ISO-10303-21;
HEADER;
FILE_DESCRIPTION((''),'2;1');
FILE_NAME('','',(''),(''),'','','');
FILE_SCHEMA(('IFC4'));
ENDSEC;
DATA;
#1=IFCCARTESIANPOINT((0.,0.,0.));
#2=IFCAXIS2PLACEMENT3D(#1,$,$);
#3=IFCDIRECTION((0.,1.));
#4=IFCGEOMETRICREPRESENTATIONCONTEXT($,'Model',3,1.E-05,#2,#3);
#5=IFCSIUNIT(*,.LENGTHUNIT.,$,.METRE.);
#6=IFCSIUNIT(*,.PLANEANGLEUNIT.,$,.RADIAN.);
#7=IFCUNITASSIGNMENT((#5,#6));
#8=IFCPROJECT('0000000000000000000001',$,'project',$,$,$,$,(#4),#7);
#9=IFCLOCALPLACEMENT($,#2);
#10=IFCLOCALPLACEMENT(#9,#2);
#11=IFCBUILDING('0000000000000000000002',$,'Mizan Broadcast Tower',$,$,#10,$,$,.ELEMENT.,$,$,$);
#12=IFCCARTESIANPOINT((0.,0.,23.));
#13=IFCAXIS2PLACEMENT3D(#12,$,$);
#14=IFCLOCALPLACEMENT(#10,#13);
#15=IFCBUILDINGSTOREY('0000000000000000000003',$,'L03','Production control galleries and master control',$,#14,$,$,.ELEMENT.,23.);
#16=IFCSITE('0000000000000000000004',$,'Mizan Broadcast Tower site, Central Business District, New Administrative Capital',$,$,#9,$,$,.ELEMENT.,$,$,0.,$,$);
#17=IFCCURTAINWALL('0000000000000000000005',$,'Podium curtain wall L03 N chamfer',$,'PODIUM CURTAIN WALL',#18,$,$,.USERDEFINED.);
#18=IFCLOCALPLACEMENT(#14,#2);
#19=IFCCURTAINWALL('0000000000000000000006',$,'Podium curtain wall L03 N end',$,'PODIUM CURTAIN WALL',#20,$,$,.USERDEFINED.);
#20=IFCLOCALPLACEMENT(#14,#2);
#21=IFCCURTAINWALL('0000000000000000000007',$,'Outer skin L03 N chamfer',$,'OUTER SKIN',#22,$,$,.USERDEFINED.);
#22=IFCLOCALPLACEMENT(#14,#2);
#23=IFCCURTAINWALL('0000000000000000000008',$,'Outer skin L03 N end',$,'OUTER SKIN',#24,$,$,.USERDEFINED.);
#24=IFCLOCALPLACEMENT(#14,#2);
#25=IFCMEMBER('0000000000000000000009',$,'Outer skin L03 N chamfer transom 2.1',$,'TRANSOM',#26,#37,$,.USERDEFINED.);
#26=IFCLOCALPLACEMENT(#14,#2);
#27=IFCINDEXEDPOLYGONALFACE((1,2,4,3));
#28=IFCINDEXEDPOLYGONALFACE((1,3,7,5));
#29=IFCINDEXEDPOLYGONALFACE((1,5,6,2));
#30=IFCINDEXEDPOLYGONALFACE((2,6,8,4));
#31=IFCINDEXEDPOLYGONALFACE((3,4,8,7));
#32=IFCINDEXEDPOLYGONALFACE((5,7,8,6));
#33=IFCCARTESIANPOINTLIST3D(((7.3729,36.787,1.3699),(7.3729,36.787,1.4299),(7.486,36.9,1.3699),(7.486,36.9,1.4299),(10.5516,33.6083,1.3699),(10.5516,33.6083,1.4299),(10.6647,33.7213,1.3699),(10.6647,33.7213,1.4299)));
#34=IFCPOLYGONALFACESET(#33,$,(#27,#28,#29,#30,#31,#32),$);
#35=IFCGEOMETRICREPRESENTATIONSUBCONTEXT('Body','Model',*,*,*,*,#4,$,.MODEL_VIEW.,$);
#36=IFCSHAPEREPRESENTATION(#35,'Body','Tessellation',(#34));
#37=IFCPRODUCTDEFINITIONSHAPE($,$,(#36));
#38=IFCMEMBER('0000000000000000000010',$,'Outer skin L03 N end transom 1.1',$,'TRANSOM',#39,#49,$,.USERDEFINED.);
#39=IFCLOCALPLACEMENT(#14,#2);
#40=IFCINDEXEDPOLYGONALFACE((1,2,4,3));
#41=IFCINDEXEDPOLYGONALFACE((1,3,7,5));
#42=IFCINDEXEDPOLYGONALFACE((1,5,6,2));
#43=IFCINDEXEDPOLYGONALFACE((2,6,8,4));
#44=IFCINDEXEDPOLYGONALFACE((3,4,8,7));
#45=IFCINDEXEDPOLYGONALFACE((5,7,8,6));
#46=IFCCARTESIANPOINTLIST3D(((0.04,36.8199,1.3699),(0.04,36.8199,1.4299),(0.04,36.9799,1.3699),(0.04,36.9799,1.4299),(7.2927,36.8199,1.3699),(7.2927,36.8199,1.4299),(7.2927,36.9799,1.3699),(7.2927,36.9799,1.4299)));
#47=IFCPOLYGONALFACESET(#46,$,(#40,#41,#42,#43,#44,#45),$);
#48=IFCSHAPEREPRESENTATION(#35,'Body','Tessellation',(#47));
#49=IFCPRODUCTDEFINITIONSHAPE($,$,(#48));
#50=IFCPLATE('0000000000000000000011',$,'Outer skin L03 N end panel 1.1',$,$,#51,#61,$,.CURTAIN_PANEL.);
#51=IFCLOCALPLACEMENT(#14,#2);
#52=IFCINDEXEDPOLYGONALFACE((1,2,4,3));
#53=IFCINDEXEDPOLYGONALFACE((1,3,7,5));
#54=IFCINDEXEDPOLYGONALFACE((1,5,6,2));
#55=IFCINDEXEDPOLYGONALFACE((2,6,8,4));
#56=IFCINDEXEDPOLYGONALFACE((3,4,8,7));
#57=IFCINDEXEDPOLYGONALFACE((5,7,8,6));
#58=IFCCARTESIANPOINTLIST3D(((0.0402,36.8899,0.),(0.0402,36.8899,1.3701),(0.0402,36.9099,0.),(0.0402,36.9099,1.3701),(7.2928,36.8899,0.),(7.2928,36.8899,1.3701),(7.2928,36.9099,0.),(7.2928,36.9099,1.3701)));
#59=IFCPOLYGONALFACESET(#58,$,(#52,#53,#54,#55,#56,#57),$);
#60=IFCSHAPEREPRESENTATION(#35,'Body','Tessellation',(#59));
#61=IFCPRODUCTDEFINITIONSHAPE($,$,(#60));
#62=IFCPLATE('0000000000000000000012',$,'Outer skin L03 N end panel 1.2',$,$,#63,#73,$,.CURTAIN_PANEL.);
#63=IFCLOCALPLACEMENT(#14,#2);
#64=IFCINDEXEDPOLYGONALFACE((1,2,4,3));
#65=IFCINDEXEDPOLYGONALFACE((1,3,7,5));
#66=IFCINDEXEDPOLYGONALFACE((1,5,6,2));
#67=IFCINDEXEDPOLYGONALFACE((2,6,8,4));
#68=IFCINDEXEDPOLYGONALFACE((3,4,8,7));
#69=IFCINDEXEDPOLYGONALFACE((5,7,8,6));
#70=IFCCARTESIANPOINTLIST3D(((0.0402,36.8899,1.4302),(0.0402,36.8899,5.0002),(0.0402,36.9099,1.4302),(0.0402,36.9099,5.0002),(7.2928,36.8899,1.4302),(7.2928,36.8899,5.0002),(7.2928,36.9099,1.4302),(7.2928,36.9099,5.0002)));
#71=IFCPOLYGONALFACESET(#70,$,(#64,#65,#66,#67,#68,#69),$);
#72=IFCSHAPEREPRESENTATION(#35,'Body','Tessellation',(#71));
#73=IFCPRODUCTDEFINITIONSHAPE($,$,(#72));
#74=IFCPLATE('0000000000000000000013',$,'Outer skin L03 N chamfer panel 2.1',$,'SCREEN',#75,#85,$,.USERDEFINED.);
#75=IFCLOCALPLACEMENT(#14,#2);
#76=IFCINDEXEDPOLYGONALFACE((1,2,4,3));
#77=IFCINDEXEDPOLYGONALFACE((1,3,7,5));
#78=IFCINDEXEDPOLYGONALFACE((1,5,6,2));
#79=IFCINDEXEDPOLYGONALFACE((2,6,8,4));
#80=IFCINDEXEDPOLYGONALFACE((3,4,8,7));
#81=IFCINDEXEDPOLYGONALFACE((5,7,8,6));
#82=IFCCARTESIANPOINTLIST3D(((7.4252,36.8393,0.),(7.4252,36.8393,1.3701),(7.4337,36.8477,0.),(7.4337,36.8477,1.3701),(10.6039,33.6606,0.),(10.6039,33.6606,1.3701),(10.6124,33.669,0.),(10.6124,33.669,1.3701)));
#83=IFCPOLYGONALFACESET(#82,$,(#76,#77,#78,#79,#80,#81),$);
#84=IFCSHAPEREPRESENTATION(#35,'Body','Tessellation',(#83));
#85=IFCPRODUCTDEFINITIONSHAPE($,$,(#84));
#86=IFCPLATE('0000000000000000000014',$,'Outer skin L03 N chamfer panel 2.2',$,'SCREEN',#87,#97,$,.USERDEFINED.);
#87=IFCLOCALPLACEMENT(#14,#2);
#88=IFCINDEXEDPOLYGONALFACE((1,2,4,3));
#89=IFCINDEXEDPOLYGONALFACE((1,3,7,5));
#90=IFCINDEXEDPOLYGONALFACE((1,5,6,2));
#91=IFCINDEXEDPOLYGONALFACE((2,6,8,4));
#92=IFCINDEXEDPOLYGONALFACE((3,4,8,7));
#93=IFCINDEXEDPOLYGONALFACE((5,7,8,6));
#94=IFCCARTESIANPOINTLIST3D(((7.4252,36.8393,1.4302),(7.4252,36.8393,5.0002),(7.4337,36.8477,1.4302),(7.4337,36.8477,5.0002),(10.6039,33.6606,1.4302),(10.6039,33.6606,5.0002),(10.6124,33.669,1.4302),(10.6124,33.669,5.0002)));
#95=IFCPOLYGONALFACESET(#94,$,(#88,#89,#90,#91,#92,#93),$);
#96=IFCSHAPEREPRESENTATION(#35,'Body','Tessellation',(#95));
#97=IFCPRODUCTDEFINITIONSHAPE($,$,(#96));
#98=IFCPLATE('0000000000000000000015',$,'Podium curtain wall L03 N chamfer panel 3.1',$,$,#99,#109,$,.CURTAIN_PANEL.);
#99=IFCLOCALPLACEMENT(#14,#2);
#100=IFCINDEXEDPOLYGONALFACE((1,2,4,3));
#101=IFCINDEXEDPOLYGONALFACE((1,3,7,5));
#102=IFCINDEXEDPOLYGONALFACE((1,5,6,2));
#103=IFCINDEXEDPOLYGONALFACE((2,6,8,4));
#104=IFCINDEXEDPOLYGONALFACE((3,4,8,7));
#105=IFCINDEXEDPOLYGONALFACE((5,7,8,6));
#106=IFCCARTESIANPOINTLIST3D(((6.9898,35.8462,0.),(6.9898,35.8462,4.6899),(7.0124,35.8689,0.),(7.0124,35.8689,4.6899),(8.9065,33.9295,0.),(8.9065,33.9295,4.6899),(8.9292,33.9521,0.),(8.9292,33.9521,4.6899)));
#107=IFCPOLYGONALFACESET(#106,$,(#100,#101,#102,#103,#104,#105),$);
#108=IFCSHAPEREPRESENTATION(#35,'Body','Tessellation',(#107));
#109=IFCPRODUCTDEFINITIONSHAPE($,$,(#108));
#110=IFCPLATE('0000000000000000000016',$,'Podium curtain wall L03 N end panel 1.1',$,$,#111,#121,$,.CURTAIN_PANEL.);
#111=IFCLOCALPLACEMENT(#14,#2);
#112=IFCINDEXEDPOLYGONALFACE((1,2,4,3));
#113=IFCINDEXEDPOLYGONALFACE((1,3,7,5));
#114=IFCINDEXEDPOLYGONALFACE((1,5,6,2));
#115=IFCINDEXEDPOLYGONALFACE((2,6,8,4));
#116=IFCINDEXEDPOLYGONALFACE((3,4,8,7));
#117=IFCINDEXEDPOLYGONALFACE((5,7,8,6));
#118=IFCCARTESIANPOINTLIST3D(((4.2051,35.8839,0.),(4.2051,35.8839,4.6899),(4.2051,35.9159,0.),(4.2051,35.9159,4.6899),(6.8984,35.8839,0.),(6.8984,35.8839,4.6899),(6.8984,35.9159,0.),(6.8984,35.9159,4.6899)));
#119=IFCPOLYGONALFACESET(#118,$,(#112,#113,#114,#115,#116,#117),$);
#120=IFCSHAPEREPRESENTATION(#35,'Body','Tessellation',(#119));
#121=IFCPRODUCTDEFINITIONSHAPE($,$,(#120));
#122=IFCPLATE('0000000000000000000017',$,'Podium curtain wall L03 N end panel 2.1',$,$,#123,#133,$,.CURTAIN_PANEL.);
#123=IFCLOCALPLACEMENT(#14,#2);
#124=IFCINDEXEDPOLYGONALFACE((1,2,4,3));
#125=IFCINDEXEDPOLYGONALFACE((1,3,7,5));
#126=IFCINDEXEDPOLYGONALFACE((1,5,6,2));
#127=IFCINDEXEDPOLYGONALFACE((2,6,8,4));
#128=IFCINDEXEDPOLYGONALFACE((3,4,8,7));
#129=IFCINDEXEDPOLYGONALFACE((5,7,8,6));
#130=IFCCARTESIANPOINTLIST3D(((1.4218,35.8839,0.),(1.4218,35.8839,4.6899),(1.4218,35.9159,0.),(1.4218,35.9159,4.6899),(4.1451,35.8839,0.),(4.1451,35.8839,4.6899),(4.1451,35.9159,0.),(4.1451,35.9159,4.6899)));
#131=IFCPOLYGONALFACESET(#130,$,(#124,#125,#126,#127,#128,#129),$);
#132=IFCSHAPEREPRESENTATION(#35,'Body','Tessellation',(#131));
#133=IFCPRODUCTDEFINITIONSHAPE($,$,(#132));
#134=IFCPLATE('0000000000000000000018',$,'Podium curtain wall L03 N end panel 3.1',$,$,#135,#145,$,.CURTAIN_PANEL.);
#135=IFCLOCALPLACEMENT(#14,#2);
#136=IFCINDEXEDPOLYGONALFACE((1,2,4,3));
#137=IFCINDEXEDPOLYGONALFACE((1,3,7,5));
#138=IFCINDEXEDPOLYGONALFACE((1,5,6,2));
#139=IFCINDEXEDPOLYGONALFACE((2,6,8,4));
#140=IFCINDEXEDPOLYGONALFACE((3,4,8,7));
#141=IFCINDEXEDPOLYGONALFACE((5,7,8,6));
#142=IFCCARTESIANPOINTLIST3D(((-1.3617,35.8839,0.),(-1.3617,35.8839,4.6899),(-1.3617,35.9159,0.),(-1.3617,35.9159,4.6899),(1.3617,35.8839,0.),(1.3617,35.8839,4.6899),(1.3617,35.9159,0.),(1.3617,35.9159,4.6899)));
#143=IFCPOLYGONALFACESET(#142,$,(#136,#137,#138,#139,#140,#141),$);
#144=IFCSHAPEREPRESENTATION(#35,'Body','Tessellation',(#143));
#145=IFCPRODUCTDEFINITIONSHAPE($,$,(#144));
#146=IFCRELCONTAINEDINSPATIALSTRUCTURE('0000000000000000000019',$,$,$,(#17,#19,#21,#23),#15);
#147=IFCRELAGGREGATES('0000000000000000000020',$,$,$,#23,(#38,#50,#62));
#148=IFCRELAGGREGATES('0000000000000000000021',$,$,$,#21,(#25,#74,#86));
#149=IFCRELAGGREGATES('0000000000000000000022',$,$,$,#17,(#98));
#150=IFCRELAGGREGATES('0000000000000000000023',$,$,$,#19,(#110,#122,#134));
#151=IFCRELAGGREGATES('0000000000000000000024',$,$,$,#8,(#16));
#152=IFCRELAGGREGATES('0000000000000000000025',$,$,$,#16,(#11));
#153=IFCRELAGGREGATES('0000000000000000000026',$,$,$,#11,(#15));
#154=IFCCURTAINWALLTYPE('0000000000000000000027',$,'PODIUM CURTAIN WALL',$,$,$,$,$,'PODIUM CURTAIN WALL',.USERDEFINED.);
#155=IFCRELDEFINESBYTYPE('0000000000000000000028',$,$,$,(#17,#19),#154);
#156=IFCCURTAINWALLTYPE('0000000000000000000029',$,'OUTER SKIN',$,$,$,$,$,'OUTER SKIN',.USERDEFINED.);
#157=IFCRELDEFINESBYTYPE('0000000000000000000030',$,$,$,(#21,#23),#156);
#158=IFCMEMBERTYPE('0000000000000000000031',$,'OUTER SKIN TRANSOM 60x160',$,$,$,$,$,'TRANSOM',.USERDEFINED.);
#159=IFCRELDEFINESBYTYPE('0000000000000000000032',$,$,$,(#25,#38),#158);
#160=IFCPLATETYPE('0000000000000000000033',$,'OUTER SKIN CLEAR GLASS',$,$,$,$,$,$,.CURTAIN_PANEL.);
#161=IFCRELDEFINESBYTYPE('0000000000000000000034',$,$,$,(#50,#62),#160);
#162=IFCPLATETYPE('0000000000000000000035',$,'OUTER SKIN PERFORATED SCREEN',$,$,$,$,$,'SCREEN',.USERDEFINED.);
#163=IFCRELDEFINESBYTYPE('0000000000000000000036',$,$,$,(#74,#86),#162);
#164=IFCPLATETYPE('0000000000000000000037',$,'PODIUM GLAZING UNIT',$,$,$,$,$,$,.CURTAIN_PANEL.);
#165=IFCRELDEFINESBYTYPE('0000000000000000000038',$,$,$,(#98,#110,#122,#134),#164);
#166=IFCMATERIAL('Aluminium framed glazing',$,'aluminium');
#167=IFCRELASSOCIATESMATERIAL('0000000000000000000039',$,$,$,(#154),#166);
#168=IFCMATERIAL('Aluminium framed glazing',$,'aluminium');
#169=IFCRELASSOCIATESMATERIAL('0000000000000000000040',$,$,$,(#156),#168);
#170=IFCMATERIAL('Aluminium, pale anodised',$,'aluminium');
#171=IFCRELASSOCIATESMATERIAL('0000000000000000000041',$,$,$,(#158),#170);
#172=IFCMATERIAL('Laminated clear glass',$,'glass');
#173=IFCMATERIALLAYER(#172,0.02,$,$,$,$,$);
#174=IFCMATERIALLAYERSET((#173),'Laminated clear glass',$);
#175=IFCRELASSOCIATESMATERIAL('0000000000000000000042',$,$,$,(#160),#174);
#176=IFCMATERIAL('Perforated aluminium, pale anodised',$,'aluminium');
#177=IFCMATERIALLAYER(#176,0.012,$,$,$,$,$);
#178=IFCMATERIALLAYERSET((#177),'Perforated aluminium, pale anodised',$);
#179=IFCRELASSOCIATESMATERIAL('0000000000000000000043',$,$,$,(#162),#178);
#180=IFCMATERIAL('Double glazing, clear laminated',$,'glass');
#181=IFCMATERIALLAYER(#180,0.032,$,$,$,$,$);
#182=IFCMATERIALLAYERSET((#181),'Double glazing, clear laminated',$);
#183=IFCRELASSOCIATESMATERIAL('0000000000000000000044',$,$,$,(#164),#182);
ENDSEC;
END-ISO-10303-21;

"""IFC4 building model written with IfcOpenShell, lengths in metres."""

from ifc_helpers import new_model, si_unit, direction, frame, origin, origin_2d, place, context, subcontext, project, spatial, rectangle, extrude, material, layer, layer_set, material_profile, profile_set, type_object, element, aggregate, save


model = new_model("IFC4")

# Units and contexts
model_context = context("Model", 3, precision=1e-05, world=origin(), true_north=direction((0.0, 1.0)))
body_context = subcontext(model_context, "Body", "Model", "MODEL_VIEW")
ifc_project = project(units=[si_unit("LENGTHUNIT", "METRE"), si_unit("PLANEANGLEUNIT", "RADIAN")], contexts=[model_context])

# Site, building, storey
site_placement = place(None, origin())
site = spatial("IfcSite", under=ifc_project, at=site_placement, Name="Mizan Broadcast Tower site, Central Business District, New Administrative Capital", CompositionType="ELEMENT", RefElevation=0.0)
building_placement = place(site_placement, origin())
building = spatial("IfcBuilding", under=site, at=building_placement, Name="Mizan Broadcast Tower", CompositionType="ELEMENT")
storey_placement = place(building_placement, frame((0.0, 0.0, 23.0)))
storey = spatial("IfcBuildingStorey", under=building, at=storey_placement, Name="L03", Description="Production control galleries and master control", CompositionType="ELEMENT", Elevation=23.0)

# Curtain walls
ifc_material_1 = material(Name="Aluminium framed glazing", Category="aluminium")
curtain_wall_type_1 = type_object("IfcCurtainWallType", Name="PODIUM CURTAIN WALL", ElementType="PODIUM CURTAIN WALL", PredefinedType="USERDEFINED", material=ifc_material_1)
curtain_wall_1_placement = place(storey_placement, origin())
curtain_wall_1 = element("IfcCurtainWall", 1, at=curtain_wall_1_placement, inside=storey, type_object=curtain_wall_type_1, Name="Podium curtain wall L03 N chamfer", ObjectType="PODIUM CURTAIN WALL", PredefinedType="USERDEFINED")
curtain_wall_2_placement = place(storey_placement, origin())
curtain_wall_2 = element("IfcCurtainWall", 2, at=curtain_wall_2_placement, inside=storey, type_object=curtain_wall_type_1, Name="Podium curtain wall L03 N end", ObjectType="PODIUM CURTAIN WALL", PredefinedType="USERDEFINED")

# Curtain wall
ifc_material_2 = material(Name="Aluminium framed glazing", Category="aluminium")
curtain_wall_type_2 = type_object("IfcCurtainWallType", Name="OUTER SKIN", ElementType="OUTER SKIN", PredefinedType="USERDEFINED", material=ifc_material_2)
curtain_wall_3_placement = place(storey_placement, origin())
curtain_wall_3 = element("IfcCurtainWall", 3, at=curtain_wall_3_placement, inside=storey, type_object=curtain_wall_type_2, Name="Outer skin L03 N chamfer", ObjectType="OUTER SKIN", PredefinedType="USERDEFINED")

# Curtain wall
curtain_wall_4_placement = place(storey_placement, origin())
curtain_wall_4 = element("IfcCurtainWall", 4, at=curtain_wall_4_placement, inside=storey, type_object=curtain_wall_type_2, Name="Outer skin L03 N end", ObjectType="OUTER SKIN", PredefinedType="USERDEFINED")

# Members
ifc_material_3 = material(Name="Aluminium, pale anodised", Category="aluminium")
ifc_material_profile_1 = material_profile(ifc_material_3, rectangle(XDim=0.1599, YDim=0.0601, at=origin_2d()), Name="TRANSOM 160x60")
ifc_profile_set_1 = profile_set([ifc_material_profile_1], Name="Aluminium, pale anodised")
member_type_1 = type_object("IfcMemberType", Name="OUTER SKIN TRANSOM 60x160", ElementType="TRANSOM", PredefinedType="USERDEFINED", material=ifc_profile_set_1)
member_1_placement = place(storey_placement, frame((10.6082, 33.6648, 1.3999), z_axis=(-0.707107, 0.707107, 0.0), x_axis=(-0.707107, -0.707107, 0.0)))
member_1 = element("IfcMember", 5, at=member_1_placement, type_object=member_type_1, Name="Outer skin L03 N chamfer transom 2.1", ObjectType="TRANSOM", PredefinedType="USERDEFINED", context=body_context, shape_type="SweptSolid", body=[
    extrude(rectangle(XDim=0.1599, YDim=0.0601, at=origin_2d()), origin(), (0.0, 0.0, 1.0), 4.4954),
])
member_2_placement = place(storey_placement, frame((7.2927, 36.8999, 1.3999), z_axis=(-1.0, 0.0, 0.0), x_axis=(0.0, -1.0, 0.0)))
member_2 = element("IfcMember", 6, at=member_2_placement, type_object=member_type_1, Name="Outer skin L03 N end transom 1.1", ObjectType="TRANSOM", PredefinedType="USERDEFINED", context=body_context, shape_type="SweptSolid", body=[
    extrude(rectangle(XDim=0.1599, YDim=0.0601, at=origin_2d()), origin(), (0.0, 0.0, 1.0), 7.2527),
])

# Plates
ifc_material_4 = material(Name="Laminated clear glass", Category="glass")
ifc_layer_1 = layer(ifc_material_4, 0.02)
ifc_layer_set_1 = layer_set([ifc_layer_1], Name="Laminated clear glass")
plate_type_1 = type_object("IfcPlateType", Name="OUTER SKIN CLEAR GLASS", PredefinedType="CURTAIN_PANEL", material=ifc_layer_set_1)
plate_1_placement = place(storey_placement, frame((3.6665, 36.8999, 0.0), z_axis=(0.0, 0.0, 1.0), x_axis=(-1.0, 0.0, 0.0)))
plate_1 = element("IfcPlate", 7, at=plate_1_placement, type_object=plate_type_1, Name="Outer skin L03 N end panel 1.1", PredefinedType="CURTAIN_PANEL", context=body_context, shape_type="SweptSolid", body=[
    extrude(rectangle(XDim=7.2527, YDim=0.02, at=origin_2d()), origin(), (0.0, 0.0, 1.0), 1.3701),
])
plate_2_placement = place(storey_placement, frame((3.6665, 36.8999, 1.4302), z_axis=(0.0, 0.0, 1.0), x_axis=(-1.0, 0.0, 0.0)))
plate_2 = element("IfcPlate", 8, at=plate_2_placement, type_object=plate_type_1, Name="Outer skin L03 N end panel 1.2", PredefinedType="CURTAIN_PANEL", context=body_context, shape_type="SweptSolid", body=[
    extrude(rectangle(XDim=7.2527, YDim=0.02, at=origin_2d()), origin(), (0.0, 0.0, 1.0), 3.5701),
])
aggregate(curtain_wall_4, [member_2, plate_1, plate_2])
ifc_material_5 = material(Name="Perforated aluminium, pale anodised", Category="aluminium")
ifc_layer_2 = layer(ifc_material_5, 0.012)
ifc_layer_set_2 = layer_set([ifc_layer_2], Name="Perforated aluminium, pale anodised")
plate_type_2 = type_object("IfcPlateType", Name="OUTER SKIN PERFORATED SCREEN", ElementType="SCREEN", PredefinedType="USERDEFINED", material=ifc_layer_set_2)
plate_3_placement = place(storey_placement, frame((9.0188, 35.2542, 0.0), z_axis=(0.0, 0.0, 1.0), x_axis=(-0.707107, 0.707107, 0.0)))
plate_3 = element("IfcPlate", 9, at=plate_3_placement, type_object=plate_type_2, Name="Outer skin L03 N chamfer panel 2.1", ObjectType="SCREEN", PredefinedType="USERDEFINED", context=body_context, shape_type="SweptSolid", body=[
    extrude(rectangle(XDim=4.4954, YDim=0.012, at=origin_2d()), origin(), (0.0, 0.0, 1.0), 1.3701),
])
plate_4_placement = place(storey_placement, frame((9.0188, 35.2542, 1.4302), z_axis=(0.0, 0.0, 1.0), x_axis=(-0.707107, 0.707107, 0.0)))
plate_4 = element("IfcPlate", 10, at=plate_4_placement, type_object=plate_type_2, Name="Outer skin L03 N chamfer panel 2.2", ObjectType="SCREEN", PredefinedType="USERDEFINED", context=body_context, shape_type="SweptSolid", body=[
    extrude(rectangle(XDim=4.4954, YDim=0.012, at=origin_2d()), origin(), (0.0, 0.0, 1.0), 3.5701),
])
aggregate(curtain_wall_3, [member_1, plate_3, plate_4])
ifc_material_6 = material(Name="Double glazing, clear laminated", Category="glass")
ifc_layer_3 = layer(ifc_material_6, 0.032)
ifc_layer_set_3 = layer_set([ifc_layer_3], Name="Double glazing, clear laminated")
plate_type_3 = type_object("IfcPlateType", Name="PODIUM GLAZING UNIT", PredefinedType="CURTAIN_PANEL", material=ifc_layer_set_3)
plate_5_placement = place(storey_placement, frame((7.9595, 34.8992, 0.0), z_axis=(0.0, 0.0, 1.0), x_axis=(-0.707107, 0.707107, 0.0)))
plate_5 = element("IfcPlate", 11, at=plate_5_placement, type_object=plate_type_3, Name="Podium curtain wall L03 N chamfer panel 3.1", PredefinedType="CURTAIN_PANEL", context=body_context, shape_type="SweptSolid", body=[
    extrude(rectangle(XDim=2.7107, YDim=0.032, at=origin_2d()), origin(), (0.0, 0.0, 1.0), 4.6899),
])
aggregate(curtain_wall_1, [plate_5])
plate_6_placement = place(storey_placement, frame((5.5518, 35.8999, 0.0), z_axis=(0.0, 0.0, 1.0), x_axis=(-1.0, 0.0, 0.0)))
plate_6 = element("IfcPlate", 12, at=plate_6_placement, type_object=plate_type_3, Name="Podium curtain wall L03 N end panel 1.1", PredefinedType="CURTAIN_PANEL", context=body_context, shape_type="SweptSolid", body=[
    extrude(rectangle(XDim=2.6934, YDim=0.032, at=origin_2d()), origin(), (0.0, 0.0, 1.0), 4.6899),
])
plate_7_placement = place(storey_placement, frame((2.7834, 35.8999, 0.0), z_axis=(0.0, 0.0, 1.0), x_axis=(-1.0, 0.0, 0.0)))
plate_7 = element("IfcPlate", 13, at=plate_7_placement, type_object=plate_type_3, Name="Podium curtain wall L03 N end panel 2.1", PredefinedType="CURTAIN_PANEL", context=body_context, shape_type="SweptSolid", body=[
    extrude(rectangle(XDim=2.7234, YDim=0.032, at=origin_2d()), origin(), (0.0, 0.0, 1.0), 4.6899),
])
plate_8_placement = place(storey_placement, frame((0.0, 35.8999, 0.0), z_axis=(0.0, 0.0, 1.0), x_axis=(-1.0, 0.0, 0.0)))
plate_8 = element("IfcPlate", 14, at=plate_8_placement, type_object=plate_type_3, Name="Podium curtain wall L03 N end panel 3.1", PredefinedType="CURTAIN_PANEL", context=body_context, shape_type="SweptSolid", body=[
    extrude(rectangle(XDim=2.7234, YDim=0.032, at=origin_2d()), origin(), (0.0, 0.0, 1.0), 4.6899),
])
aggregate(curtain_wall_2, [plate_6, plate_7, plate_8])

save(model, "model.ifc")
